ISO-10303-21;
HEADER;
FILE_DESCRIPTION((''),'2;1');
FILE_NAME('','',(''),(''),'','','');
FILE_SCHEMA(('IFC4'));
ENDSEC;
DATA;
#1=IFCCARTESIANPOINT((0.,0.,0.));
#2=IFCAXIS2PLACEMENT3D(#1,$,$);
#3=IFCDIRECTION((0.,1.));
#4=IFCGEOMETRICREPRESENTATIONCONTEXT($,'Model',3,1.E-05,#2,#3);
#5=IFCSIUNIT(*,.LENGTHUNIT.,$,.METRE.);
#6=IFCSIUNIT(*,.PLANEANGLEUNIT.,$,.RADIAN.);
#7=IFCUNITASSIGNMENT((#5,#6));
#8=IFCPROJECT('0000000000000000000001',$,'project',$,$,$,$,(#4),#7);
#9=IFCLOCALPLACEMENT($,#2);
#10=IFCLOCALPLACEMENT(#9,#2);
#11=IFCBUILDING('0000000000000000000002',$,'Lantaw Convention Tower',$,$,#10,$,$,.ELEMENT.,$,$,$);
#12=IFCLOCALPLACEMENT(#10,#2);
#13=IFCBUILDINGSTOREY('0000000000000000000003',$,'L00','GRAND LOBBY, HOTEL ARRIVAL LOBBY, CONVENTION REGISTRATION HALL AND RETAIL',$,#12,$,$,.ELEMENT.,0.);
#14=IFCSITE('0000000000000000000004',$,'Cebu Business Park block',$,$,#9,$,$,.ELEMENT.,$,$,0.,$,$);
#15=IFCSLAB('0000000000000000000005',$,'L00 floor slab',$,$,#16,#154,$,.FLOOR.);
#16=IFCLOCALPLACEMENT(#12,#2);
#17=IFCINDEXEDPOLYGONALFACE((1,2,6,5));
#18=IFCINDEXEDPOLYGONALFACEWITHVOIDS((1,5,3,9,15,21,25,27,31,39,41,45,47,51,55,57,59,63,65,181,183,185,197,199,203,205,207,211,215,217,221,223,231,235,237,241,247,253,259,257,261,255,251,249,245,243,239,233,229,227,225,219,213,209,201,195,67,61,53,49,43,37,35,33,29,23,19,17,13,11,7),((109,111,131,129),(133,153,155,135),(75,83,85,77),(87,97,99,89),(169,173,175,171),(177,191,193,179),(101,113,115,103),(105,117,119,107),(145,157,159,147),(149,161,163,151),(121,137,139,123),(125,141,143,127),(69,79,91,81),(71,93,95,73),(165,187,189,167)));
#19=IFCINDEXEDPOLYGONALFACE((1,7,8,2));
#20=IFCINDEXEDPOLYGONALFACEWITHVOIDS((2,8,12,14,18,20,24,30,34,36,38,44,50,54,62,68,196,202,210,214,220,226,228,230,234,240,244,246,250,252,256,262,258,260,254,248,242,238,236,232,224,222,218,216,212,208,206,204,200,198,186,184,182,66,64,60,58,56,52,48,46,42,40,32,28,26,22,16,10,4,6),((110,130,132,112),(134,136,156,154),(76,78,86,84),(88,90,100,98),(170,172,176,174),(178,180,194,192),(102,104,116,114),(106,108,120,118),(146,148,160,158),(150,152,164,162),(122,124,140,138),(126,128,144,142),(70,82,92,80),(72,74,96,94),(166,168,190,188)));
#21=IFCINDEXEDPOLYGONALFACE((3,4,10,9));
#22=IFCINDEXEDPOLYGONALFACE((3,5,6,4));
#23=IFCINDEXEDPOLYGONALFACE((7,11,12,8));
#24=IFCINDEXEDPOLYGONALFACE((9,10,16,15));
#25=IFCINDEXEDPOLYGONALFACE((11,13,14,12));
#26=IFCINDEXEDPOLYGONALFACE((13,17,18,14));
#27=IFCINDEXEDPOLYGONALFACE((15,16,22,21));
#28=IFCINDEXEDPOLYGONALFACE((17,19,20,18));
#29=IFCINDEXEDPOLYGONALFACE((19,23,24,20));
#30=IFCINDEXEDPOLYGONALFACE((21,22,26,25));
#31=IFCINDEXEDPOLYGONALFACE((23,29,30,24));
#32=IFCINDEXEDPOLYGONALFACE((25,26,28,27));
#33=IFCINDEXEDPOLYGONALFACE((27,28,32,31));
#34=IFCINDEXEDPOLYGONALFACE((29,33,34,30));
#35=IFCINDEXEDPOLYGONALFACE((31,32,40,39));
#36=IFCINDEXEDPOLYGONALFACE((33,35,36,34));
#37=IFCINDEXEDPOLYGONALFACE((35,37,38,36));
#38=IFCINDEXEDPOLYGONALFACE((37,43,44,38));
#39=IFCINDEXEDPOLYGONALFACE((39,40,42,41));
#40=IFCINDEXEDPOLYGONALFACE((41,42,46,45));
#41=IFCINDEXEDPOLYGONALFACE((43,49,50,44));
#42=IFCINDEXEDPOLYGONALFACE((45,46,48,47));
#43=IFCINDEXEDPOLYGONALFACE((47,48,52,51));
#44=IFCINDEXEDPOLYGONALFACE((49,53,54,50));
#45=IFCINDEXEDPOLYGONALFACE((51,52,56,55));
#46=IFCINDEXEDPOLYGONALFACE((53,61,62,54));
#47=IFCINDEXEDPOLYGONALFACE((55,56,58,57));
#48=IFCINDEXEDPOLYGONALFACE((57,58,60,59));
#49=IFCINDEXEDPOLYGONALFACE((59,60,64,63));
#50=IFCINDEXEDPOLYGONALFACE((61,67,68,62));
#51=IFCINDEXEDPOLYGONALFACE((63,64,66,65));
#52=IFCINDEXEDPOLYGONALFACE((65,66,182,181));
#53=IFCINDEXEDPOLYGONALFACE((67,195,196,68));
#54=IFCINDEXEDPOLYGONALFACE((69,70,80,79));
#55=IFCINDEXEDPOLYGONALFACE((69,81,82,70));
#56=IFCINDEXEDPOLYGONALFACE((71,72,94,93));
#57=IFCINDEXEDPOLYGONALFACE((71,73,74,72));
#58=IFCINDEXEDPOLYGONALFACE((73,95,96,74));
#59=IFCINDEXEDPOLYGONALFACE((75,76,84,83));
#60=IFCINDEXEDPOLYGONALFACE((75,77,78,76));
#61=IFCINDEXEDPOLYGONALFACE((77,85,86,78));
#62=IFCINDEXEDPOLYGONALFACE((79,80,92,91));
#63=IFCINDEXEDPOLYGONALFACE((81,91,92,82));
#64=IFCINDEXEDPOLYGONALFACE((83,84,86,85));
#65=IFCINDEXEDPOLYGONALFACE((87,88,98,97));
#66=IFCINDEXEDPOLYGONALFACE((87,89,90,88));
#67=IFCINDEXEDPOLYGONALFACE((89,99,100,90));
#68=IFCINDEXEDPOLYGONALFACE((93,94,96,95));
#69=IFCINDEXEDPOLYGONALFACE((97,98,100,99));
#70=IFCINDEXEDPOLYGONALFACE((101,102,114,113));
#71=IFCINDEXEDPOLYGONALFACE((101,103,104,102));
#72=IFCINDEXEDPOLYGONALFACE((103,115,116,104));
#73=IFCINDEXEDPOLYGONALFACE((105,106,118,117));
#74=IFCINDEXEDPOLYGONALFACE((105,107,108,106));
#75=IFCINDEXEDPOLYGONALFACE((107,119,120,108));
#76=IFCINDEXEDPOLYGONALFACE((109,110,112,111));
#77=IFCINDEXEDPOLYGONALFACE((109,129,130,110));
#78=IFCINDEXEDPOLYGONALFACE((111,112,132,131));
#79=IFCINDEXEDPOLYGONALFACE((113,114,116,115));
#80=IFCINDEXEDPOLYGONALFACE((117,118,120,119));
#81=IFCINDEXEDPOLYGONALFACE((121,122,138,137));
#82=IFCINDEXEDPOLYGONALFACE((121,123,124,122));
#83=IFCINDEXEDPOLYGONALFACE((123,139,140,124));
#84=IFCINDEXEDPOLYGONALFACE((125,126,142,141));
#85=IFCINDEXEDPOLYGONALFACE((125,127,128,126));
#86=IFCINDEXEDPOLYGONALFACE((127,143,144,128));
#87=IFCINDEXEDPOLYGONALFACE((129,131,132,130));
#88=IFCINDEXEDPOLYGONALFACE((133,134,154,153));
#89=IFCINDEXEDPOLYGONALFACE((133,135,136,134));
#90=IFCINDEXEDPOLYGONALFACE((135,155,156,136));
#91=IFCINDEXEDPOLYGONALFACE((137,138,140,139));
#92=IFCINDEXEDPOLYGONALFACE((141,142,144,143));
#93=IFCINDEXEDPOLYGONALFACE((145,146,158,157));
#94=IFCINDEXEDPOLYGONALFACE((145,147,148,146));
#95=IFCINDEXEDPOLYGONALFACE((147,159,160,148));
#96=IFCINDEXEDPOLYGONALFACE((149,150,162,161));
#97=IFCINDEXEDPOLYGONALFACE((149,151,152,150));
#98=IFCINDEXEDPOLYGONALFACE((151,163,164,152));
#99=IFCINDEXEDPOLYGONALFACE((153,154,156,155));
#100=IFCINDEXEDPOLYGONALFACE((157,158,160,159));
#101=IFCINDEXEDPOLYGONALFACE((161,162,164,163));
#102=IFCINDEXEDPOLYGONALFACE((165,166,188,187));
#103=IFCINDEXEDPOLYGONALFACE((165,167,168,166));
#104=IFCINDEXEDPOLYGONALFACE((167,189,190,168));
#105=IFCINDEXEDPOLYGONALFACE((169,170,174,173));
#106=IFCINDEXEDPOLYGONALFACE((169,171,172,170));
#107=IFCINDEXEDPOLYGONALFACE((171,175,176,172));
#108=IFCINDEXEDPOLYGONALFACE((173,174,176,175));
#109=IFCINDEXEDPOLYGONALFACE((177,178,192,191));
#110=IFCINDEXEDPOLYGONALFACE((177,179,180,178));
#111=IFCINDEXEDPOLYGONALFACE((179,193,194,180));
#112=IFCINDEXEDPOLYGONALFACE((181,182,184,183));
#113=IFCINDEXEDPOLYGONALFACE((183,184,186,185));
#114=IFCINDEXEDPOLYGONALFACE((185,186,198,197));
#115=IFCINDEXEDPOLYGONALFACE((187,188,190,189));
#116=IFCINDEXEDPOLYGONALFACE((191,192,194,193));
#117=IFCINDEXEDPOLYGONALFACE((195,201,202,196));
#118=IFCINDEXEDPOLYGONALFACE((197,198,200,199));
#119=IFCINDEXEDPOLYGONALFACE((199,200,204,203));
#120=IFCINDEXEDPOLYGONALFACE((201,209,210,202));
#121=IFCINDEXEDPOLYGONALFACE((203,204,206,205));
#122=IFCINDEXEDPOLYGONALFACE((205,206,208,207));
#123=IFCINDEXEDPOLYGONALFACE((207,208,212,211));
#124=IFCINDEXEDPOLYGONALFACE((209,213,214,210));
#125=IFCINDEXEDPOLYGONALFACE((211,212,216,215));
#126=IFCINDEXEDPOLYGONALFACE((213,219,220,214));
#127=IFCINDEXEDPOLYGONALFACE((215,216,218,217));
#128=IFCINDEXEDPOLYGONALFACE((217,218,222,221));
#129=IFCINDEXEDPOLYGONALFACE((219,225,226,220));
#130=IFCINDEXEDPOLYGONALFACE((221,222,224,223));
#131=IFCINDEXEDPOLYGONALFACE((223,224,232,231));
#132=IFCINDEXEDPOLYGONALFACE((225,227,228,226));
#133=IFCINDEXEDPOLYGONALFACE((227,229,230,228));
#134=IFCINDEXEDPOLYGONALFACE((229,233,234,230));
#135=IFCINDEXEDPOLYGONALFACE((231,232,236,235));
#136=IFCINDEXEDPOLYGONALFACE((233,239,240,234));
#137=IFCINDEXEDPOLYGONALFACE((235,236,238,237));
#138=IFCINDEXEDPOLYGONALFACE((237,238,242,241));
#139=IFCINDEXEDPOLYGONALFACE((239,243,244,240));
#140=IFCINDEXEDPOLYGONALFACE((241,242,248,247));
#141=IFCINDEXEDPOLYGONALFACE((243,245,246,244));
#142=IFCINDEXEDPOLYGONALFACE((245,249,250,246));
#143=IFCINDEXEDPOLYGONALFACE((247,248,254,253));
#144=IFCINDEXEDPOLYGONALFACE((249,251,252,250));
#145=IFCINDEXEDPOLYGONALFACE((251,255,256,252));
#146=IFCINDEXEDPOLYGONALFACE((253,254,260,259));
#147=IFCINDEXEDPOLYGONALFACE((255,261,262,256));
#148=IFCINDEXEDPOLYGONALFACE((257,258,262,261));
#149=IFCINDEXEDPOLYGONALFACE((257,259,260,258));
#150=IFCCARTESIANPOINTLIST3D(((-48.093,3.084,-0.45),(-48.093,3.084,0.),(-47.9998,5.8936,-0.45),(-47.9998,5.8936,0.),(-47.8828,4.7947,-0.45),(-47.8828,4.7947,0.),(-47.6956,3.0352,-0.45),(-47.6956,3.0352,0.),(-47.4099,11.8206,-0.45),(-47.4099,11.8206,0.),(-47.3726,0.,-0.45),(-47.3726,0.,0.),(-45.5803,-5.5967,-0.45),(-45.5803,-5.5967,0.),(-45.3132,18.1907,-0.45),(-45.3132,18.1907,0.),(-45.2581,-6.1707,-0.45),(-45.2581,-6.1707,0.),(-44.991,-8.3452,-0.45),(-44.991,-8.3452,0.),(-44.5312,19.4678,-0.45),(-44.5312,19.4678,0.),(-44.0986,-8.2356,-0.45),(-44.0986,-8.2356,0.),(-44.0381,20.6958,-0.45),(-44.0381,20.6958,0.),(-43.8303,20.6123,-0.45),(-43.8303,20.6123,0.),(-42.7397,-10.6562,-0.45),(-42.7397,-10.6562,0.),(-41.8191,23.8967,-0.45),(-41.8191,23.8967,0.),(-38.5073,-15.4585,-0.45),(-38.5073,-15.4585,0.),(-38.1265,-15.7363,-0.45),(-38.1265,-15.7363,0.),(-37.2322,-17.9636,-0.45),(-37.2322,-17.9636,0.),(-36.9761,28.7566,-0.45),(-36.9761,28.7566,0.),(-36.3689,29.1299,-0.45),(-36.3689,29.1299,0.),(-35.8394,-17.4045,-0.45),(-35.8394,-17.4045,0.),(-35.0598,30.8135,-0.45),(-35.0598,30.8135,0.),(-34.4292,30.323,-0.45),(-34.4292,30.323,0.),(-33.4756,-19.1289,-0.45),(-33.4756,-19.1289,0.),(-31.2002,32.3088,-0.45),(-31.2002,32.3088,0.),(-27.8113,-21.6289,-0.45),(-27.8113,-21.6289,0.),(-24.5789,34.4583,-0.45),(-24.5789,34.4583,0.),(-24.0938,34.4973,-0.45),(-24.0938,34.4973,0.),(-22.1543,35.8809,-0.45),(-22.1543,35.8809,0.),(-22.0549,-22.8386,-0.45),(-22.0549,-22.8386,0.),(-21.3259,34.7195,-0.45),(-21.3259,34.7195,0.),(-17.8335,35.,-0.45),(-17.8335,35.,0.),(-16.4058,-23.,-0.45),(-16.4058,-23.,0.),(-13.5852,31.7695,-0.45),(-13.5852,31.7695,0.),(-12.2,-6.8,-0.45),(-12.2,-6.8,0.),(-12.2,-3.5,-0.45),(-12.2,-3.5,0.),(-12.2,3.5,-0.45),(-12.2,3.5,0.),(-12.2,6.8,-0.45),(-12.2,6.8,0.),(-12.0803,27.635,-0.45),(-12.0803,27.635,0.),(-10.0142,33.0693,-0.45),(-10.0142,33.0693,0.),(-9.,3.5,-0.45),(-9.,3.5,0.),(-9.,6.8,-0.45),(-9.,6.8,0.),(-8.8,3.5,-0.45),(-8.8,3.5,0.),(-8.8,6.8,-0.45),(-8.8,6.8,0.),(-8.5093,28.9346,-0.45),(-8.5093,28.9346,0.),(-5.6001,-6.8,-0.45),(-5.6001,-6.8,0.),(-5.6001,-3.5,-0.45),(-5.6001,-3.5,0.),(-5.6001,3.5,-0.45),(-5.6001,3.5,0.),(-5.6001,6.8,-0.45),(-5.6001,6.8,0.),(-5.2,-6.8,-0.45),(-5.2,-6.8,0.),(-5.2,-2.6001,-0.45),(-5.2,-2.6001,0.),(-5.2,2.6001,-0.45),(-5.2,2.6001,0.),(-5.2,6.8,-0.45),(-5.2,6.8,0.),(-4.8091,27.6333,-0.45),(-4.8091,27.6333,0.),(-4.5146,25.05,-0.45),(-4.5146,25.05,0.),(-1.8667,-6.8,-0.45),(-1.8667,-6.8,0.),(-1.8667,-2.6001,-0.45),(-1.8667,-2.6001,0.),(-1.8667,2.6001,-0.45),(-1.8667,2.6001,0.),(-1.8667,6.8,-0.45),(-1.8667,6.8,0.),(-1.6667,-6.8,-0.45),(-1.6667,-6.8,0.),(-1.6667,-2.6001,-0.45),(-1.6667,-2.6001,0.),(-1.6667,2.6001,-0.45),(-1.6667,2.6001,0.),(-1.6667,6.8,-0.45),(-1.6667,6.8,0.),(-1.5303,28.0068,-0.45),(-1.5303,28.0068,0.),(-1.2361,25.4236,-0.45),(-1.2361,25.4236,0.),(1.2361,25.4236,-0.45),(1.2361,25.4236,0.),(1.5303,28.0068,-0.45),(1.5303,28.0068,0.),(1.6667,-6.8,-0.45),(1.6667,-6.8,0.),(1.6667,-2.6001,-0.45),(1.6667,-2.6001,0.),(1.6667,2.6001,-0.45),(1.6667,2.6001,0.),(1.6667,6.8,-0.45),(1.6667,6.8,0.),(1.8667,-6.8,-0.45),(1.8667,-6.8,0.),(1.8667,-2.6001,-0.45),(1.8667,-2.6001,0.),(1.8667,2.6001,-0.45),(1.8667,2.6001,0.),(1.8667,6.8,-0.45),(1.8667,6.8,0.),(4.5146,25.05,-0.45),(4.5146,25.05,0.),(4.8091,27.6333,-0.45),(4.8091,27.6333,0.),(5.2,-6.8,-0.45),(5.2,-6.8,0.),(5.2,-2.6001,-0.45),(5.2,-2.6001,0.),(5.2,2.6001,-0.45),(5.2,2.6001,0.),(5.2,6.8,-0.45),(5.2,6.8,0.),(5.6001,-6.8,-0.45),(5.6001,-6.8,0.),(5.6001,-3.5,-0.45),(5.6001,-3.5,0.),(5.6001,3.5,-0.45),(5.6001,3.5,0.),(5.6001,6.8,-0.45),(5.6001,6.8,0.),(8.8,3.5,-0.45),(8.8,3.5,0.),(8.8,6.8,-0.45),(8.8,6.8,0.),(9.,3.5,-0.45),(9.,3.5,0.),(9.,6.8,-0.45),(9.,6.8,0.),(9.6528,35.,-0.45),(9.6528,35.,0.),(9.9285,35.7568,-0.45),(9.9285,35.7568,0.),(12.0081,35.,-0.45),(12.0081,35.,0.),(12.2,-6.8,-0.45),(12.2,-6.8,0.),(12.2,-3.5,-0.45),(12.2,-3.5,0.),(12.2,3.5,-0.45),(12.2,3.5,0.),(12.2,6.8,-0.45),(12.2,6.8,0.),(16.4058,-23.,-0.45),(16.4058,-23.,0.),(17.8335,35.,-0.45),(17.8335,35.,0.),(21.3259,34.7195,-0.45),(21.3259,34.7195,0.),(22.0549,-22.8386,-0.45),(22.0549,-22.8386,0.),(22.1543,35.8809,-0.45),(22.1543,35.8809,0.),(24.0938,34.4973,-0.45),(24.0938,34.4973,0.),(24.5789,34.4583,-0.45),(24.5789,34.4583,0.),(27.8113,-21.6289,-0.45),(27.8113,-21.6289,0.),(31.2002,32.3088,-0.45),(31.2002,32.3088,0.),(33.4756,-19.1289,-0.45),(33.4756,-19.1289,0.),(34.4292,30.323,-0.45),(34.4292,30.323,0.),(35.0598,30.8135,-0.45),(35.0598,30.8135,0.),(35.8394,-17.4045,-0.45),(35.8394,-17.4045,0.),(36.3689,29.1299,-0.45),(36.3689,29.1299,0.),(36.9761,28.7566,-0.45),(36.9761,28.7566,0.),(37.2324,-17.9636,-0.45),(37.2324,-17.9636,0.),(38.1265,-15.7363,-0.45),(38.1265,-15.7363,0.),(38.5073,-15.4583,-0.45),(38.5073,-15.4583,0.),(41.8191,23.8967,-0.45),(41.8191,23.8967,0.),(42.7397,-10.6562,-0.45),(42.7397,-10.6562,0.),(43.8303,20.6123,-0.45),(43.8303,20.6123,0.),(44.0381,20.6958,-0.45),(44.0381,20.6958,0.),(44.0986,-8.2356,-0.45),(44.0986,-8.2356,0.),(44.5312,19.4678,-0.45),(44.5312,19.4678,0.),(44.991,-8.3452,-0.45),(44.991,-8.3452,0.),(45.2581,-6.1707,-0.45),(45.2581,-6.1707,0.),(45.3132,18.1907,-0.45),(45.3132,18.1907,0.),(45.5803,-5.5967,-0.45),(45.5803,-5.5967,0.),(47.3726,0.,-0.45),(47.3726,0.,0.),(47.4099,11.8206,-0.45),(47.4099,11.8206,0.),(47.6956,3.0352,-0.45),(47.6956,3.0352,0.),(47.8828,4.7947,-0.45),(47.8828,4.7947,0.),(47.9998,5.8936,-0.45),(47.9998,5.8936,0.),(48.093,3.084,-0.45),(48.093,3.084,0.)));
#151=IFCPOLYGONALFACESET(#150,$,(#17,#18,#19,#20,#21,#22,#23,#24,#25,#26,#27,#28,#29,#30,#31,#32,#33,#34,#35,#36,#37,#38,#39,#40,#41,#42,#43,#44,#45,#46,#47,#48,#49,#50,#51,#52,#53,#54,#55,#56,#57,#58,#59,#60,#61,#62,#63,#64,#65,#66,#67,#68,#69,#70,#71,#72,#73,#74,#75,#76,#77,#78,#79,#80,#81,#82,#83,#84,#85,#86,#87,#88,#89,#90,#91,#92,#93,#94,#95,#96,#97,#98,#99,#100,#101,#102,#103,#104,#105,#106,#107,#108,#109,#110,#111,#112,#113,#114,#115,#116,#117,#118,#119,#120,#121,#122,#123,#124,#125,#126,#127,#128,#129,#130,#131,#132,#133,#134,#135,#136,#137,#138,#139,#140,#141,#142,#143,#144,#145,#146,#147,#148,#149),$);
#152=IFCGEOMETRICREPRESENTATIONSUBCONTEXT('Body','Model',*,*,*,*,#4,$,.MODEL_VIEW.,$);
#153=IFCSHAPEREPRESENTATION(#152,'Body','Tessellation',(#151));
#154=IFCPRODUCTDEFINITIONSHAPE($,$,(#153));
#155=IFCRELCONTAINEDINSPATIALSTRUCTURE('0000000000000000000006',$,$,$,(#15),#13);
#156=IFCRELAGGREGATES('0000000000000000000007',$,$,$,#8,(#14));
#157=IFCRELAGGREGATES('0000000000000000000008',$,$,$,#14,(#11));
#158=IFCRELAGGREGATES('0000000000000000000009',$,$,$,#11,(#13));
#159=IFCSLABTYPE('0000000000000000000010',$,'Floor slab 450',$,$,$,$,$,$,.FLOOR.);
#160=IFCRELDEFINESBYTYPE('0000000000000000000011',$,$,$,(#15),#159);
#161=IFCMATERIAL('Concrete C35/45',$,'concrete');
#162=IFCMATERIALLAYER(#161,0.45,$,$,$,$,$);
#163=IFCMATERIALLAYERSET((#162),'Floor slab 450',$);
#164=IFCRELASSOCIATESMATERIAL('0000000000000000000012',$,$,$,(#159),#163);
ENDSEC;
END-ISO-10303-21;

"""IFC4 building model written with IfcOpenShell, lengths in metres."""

from ifc_helpers import new_model, si_unit, direction, frame, origin, place, context, subcontext, project, spatial, polyline, outline, extrude, material, layer, layer_set, type_object, element, save


model = new_model("IFC4")

# Units and contexts
model_context = context("Model", 3, precision=1e-05, world=origin(), true_north=direction((0.0, 1.0)))
body_context = subcontext(model_context, "Body", "Model", "MODEL_VIEW")
ifc_project = project(units=[si_unit("LENGTHUNIT", "METRE"), si_unit("PLANEANGLEUNIT", "RADIAN")], contexts=[model_context])

# Site, building, storey
site_placement = place(None, origin())
site = spatial("IfcSite", under=ifc_project, at=site_placement, Name="Cebu Business Park block", CompositionType="ELEMENT", RefElevation=0.0)
building_placement = place(site_placement, origin())
building = spatial("IfcBuilding", under=site, at=building_placement, Name="Lantaw Convention Tower", CompositionType="ELEMENT")
storey_placement = place(building_placement, origin())
storey = spatial("IfcBuildingStorey", under=building, at=storey_placement, Name="L00", Description="GRAND LOBBY, HOTEL ARRIVAL LOBBY, CONVENTION REGISTRATION HALL AND RETAIL", CompositionType="ELEMENT", Elevation=0.0)

# Slab
ifc_material_1 = material(Name="Concrete C35/45", Category="concrete")
ifc_layer_1 = layer(ifc_material_1, 0.45)
ifc_layer_set_1 = layer_set([ifc_layer_1], Name="Floor slab 450")
slab_type_1 = type_object("IfcSlabType", Name="Floor slab 450", PredefinedType="FLOOR", material=ifc_layer_set_1)
slab_1_placement = place(storey_placement, frame((0.0, 0.0, -0.45)))
element("IfcSlab", 1, at=slab_1_placement, inside=storey, type_object=slab_type_1, Name="L00 floor slab", PredefinedType="FLOOR", context=body_context, shape_type="SweptSolid", body=[
    extrude(outline(polyline([(45.5803, -5.5967), (47.3726, 0.0), (47.6956, 3.0352), (48.093, 3.084), (47.8828, 4.7947), (47.9998, 5.8936), (47.4099, 11.8206), (45.3132, 18.1907), (44.5312, 19.4678), (44.0381, 20.6958), (43.8303, 20.6123), (41.8191, 23.8967), (36.9761, 28.7566), (36.3689, 29.1299), (35.0598, 30.8135), (34.4292, 30.323), (31.2002, 32.3088), (24.5789, 34.4583), (24.0938, 34.4973), (22.1543, 35.8809), (21.3259, 34.7195), (17.8335, 35.0), (12.0081, 35.0), (9.9285, 35.7568), (9.6528, 35.0), (-17.8335, 35.0), (-21.3259, 34.7195), (-22.1543, 35.8809), (-24.0938, 34.4973), (-24.5789, 34.4583), (-31.2002, 32.3088), (-34.4292, 30.323), (-35.0598, 30.8135), (-36.3689, 29.1299), (-36.9761, 28.7566), (-41.8191, 23.8967), (-43.8303, 20.6123), (-44.0381, 20.6958), (-44.5312, 19.4678), (-45.3132, 18.1907), (-47.4099, 11.8206), (-47.9998, 5.8936), (-47.8828, 4.7947), (-48.093, 3.084), (-47.6956, 3.0352), (-47.3726, 0.0), (-45.5803, -5.5967), (-45.2581, -6.1707), (-44.991, -8.3452), (-44.0986, -8.2356), (-42.7397, -10.6562), (-38.5073, -15.4585), (-38.1265, -15.7363), (-37.2322, -17.9636), (-35.8394, -17.4045), (-33.4756, -19.1289), (-27.8113, -21.6289), (-22.0549, -22.8386), (-16.4058, -23.0), (16.4058, -23.0), (22.0549, -22.8386), (27.8113, -21.6289), (33.4756, -19.1289), (35.8394, -17.4045), (37.2324, -17.9636), (38.1265, -15.7363), (38.5073, -15.4583), (42.7397, -10.6562), (44.0986, -8.2356), (44.991, -8.3452), (45.2581, -6.1707), (45.5803, -5.5967)]), holes=[polyline([(-5.6001, -3.5), (-12.2, -3.5), (-12.2, -6.8), (-5.6001, -6.8), (-5.6001, -3.5)]), polyline([(-1.8667, -6.8), (-1.8667, -2.6001), (-5.2, -2.6001), (-5.2, -6.8), (-1.8667, -6.8)]), polyline([(-1.8667, 2.6001), (-1.8667, 6.8), (-5.2, 6.8), (-5.2, 2.6001), (-1.8667, 2.6001)]), polyline([(1.6667, 2.6001), (1.6667, 6.8), (-1.6667, 6.8), (-1.6667, 2.6001), (1.6667, 2.6001)]), polyline([(-9.0, 3.5), (-9.0, 6.8), (-12.2, 6.8), (-12.2, 3.5), (-9.0, 3.5)]), polyline([(-5.6001, 3.5), (-5.6001, 6.8), (-8.8, 6.8), (-8.8, 3.5), (-5.6001, 3.5)]), polyline([(-1.5303, 28.0068), (-4.8091, 27.6333), (-4.5146, 25.05), (-1.2361, 25.4236), (-1.5303, 28.0068)]), polyline([(-10.0142, 33.0693), (-13.5852, 31.7695), (-12.0803, 27.635), (-8.5093, 28.9346), (-10.0142, 33.0693)]), polyline([(12.2, -6.8), (12.2, -3.5), (5.6001, -3.5), (5.6001, -6.8), (12.2, -6.8)]), polyline([(1.6667, -6.8), (1.6667, -2.6001), (-1.6667, -2.6001), (-1.6667, -6.8), (1.6667, -6.8)]), polyline([(5.2, -6.8), (5.2, -2.6001), (1.8667, -2.6001), (1.8667, -6.8), (5.2, -6.8)]), polyline([(5.2, 2.6001), (5.2, 6.8), (1.8667, 6.8), (1.8667, 2.6001), (5.2, 2.6001)]), polyline([(8.8, 3.5), (8.8, 6.8), (5.6001, 6.8), (5.6001, 3.5), (8.8, 3.5)]), polyline([(12.2, 3.5), (12.2, 6.8), (9.0, 6.8), (9.0, 3.5), (12.2, 3.5)]), polyline([(4.8091, 27.6333), (1.5303, 28.0068), (1.2361, 25.4236), (4.5146, 25.05), (4.8091, 27.6333)])]), origin(), (0.0, 0.0, 1.0), 0.45),
])

save(model, "model.ifc")
